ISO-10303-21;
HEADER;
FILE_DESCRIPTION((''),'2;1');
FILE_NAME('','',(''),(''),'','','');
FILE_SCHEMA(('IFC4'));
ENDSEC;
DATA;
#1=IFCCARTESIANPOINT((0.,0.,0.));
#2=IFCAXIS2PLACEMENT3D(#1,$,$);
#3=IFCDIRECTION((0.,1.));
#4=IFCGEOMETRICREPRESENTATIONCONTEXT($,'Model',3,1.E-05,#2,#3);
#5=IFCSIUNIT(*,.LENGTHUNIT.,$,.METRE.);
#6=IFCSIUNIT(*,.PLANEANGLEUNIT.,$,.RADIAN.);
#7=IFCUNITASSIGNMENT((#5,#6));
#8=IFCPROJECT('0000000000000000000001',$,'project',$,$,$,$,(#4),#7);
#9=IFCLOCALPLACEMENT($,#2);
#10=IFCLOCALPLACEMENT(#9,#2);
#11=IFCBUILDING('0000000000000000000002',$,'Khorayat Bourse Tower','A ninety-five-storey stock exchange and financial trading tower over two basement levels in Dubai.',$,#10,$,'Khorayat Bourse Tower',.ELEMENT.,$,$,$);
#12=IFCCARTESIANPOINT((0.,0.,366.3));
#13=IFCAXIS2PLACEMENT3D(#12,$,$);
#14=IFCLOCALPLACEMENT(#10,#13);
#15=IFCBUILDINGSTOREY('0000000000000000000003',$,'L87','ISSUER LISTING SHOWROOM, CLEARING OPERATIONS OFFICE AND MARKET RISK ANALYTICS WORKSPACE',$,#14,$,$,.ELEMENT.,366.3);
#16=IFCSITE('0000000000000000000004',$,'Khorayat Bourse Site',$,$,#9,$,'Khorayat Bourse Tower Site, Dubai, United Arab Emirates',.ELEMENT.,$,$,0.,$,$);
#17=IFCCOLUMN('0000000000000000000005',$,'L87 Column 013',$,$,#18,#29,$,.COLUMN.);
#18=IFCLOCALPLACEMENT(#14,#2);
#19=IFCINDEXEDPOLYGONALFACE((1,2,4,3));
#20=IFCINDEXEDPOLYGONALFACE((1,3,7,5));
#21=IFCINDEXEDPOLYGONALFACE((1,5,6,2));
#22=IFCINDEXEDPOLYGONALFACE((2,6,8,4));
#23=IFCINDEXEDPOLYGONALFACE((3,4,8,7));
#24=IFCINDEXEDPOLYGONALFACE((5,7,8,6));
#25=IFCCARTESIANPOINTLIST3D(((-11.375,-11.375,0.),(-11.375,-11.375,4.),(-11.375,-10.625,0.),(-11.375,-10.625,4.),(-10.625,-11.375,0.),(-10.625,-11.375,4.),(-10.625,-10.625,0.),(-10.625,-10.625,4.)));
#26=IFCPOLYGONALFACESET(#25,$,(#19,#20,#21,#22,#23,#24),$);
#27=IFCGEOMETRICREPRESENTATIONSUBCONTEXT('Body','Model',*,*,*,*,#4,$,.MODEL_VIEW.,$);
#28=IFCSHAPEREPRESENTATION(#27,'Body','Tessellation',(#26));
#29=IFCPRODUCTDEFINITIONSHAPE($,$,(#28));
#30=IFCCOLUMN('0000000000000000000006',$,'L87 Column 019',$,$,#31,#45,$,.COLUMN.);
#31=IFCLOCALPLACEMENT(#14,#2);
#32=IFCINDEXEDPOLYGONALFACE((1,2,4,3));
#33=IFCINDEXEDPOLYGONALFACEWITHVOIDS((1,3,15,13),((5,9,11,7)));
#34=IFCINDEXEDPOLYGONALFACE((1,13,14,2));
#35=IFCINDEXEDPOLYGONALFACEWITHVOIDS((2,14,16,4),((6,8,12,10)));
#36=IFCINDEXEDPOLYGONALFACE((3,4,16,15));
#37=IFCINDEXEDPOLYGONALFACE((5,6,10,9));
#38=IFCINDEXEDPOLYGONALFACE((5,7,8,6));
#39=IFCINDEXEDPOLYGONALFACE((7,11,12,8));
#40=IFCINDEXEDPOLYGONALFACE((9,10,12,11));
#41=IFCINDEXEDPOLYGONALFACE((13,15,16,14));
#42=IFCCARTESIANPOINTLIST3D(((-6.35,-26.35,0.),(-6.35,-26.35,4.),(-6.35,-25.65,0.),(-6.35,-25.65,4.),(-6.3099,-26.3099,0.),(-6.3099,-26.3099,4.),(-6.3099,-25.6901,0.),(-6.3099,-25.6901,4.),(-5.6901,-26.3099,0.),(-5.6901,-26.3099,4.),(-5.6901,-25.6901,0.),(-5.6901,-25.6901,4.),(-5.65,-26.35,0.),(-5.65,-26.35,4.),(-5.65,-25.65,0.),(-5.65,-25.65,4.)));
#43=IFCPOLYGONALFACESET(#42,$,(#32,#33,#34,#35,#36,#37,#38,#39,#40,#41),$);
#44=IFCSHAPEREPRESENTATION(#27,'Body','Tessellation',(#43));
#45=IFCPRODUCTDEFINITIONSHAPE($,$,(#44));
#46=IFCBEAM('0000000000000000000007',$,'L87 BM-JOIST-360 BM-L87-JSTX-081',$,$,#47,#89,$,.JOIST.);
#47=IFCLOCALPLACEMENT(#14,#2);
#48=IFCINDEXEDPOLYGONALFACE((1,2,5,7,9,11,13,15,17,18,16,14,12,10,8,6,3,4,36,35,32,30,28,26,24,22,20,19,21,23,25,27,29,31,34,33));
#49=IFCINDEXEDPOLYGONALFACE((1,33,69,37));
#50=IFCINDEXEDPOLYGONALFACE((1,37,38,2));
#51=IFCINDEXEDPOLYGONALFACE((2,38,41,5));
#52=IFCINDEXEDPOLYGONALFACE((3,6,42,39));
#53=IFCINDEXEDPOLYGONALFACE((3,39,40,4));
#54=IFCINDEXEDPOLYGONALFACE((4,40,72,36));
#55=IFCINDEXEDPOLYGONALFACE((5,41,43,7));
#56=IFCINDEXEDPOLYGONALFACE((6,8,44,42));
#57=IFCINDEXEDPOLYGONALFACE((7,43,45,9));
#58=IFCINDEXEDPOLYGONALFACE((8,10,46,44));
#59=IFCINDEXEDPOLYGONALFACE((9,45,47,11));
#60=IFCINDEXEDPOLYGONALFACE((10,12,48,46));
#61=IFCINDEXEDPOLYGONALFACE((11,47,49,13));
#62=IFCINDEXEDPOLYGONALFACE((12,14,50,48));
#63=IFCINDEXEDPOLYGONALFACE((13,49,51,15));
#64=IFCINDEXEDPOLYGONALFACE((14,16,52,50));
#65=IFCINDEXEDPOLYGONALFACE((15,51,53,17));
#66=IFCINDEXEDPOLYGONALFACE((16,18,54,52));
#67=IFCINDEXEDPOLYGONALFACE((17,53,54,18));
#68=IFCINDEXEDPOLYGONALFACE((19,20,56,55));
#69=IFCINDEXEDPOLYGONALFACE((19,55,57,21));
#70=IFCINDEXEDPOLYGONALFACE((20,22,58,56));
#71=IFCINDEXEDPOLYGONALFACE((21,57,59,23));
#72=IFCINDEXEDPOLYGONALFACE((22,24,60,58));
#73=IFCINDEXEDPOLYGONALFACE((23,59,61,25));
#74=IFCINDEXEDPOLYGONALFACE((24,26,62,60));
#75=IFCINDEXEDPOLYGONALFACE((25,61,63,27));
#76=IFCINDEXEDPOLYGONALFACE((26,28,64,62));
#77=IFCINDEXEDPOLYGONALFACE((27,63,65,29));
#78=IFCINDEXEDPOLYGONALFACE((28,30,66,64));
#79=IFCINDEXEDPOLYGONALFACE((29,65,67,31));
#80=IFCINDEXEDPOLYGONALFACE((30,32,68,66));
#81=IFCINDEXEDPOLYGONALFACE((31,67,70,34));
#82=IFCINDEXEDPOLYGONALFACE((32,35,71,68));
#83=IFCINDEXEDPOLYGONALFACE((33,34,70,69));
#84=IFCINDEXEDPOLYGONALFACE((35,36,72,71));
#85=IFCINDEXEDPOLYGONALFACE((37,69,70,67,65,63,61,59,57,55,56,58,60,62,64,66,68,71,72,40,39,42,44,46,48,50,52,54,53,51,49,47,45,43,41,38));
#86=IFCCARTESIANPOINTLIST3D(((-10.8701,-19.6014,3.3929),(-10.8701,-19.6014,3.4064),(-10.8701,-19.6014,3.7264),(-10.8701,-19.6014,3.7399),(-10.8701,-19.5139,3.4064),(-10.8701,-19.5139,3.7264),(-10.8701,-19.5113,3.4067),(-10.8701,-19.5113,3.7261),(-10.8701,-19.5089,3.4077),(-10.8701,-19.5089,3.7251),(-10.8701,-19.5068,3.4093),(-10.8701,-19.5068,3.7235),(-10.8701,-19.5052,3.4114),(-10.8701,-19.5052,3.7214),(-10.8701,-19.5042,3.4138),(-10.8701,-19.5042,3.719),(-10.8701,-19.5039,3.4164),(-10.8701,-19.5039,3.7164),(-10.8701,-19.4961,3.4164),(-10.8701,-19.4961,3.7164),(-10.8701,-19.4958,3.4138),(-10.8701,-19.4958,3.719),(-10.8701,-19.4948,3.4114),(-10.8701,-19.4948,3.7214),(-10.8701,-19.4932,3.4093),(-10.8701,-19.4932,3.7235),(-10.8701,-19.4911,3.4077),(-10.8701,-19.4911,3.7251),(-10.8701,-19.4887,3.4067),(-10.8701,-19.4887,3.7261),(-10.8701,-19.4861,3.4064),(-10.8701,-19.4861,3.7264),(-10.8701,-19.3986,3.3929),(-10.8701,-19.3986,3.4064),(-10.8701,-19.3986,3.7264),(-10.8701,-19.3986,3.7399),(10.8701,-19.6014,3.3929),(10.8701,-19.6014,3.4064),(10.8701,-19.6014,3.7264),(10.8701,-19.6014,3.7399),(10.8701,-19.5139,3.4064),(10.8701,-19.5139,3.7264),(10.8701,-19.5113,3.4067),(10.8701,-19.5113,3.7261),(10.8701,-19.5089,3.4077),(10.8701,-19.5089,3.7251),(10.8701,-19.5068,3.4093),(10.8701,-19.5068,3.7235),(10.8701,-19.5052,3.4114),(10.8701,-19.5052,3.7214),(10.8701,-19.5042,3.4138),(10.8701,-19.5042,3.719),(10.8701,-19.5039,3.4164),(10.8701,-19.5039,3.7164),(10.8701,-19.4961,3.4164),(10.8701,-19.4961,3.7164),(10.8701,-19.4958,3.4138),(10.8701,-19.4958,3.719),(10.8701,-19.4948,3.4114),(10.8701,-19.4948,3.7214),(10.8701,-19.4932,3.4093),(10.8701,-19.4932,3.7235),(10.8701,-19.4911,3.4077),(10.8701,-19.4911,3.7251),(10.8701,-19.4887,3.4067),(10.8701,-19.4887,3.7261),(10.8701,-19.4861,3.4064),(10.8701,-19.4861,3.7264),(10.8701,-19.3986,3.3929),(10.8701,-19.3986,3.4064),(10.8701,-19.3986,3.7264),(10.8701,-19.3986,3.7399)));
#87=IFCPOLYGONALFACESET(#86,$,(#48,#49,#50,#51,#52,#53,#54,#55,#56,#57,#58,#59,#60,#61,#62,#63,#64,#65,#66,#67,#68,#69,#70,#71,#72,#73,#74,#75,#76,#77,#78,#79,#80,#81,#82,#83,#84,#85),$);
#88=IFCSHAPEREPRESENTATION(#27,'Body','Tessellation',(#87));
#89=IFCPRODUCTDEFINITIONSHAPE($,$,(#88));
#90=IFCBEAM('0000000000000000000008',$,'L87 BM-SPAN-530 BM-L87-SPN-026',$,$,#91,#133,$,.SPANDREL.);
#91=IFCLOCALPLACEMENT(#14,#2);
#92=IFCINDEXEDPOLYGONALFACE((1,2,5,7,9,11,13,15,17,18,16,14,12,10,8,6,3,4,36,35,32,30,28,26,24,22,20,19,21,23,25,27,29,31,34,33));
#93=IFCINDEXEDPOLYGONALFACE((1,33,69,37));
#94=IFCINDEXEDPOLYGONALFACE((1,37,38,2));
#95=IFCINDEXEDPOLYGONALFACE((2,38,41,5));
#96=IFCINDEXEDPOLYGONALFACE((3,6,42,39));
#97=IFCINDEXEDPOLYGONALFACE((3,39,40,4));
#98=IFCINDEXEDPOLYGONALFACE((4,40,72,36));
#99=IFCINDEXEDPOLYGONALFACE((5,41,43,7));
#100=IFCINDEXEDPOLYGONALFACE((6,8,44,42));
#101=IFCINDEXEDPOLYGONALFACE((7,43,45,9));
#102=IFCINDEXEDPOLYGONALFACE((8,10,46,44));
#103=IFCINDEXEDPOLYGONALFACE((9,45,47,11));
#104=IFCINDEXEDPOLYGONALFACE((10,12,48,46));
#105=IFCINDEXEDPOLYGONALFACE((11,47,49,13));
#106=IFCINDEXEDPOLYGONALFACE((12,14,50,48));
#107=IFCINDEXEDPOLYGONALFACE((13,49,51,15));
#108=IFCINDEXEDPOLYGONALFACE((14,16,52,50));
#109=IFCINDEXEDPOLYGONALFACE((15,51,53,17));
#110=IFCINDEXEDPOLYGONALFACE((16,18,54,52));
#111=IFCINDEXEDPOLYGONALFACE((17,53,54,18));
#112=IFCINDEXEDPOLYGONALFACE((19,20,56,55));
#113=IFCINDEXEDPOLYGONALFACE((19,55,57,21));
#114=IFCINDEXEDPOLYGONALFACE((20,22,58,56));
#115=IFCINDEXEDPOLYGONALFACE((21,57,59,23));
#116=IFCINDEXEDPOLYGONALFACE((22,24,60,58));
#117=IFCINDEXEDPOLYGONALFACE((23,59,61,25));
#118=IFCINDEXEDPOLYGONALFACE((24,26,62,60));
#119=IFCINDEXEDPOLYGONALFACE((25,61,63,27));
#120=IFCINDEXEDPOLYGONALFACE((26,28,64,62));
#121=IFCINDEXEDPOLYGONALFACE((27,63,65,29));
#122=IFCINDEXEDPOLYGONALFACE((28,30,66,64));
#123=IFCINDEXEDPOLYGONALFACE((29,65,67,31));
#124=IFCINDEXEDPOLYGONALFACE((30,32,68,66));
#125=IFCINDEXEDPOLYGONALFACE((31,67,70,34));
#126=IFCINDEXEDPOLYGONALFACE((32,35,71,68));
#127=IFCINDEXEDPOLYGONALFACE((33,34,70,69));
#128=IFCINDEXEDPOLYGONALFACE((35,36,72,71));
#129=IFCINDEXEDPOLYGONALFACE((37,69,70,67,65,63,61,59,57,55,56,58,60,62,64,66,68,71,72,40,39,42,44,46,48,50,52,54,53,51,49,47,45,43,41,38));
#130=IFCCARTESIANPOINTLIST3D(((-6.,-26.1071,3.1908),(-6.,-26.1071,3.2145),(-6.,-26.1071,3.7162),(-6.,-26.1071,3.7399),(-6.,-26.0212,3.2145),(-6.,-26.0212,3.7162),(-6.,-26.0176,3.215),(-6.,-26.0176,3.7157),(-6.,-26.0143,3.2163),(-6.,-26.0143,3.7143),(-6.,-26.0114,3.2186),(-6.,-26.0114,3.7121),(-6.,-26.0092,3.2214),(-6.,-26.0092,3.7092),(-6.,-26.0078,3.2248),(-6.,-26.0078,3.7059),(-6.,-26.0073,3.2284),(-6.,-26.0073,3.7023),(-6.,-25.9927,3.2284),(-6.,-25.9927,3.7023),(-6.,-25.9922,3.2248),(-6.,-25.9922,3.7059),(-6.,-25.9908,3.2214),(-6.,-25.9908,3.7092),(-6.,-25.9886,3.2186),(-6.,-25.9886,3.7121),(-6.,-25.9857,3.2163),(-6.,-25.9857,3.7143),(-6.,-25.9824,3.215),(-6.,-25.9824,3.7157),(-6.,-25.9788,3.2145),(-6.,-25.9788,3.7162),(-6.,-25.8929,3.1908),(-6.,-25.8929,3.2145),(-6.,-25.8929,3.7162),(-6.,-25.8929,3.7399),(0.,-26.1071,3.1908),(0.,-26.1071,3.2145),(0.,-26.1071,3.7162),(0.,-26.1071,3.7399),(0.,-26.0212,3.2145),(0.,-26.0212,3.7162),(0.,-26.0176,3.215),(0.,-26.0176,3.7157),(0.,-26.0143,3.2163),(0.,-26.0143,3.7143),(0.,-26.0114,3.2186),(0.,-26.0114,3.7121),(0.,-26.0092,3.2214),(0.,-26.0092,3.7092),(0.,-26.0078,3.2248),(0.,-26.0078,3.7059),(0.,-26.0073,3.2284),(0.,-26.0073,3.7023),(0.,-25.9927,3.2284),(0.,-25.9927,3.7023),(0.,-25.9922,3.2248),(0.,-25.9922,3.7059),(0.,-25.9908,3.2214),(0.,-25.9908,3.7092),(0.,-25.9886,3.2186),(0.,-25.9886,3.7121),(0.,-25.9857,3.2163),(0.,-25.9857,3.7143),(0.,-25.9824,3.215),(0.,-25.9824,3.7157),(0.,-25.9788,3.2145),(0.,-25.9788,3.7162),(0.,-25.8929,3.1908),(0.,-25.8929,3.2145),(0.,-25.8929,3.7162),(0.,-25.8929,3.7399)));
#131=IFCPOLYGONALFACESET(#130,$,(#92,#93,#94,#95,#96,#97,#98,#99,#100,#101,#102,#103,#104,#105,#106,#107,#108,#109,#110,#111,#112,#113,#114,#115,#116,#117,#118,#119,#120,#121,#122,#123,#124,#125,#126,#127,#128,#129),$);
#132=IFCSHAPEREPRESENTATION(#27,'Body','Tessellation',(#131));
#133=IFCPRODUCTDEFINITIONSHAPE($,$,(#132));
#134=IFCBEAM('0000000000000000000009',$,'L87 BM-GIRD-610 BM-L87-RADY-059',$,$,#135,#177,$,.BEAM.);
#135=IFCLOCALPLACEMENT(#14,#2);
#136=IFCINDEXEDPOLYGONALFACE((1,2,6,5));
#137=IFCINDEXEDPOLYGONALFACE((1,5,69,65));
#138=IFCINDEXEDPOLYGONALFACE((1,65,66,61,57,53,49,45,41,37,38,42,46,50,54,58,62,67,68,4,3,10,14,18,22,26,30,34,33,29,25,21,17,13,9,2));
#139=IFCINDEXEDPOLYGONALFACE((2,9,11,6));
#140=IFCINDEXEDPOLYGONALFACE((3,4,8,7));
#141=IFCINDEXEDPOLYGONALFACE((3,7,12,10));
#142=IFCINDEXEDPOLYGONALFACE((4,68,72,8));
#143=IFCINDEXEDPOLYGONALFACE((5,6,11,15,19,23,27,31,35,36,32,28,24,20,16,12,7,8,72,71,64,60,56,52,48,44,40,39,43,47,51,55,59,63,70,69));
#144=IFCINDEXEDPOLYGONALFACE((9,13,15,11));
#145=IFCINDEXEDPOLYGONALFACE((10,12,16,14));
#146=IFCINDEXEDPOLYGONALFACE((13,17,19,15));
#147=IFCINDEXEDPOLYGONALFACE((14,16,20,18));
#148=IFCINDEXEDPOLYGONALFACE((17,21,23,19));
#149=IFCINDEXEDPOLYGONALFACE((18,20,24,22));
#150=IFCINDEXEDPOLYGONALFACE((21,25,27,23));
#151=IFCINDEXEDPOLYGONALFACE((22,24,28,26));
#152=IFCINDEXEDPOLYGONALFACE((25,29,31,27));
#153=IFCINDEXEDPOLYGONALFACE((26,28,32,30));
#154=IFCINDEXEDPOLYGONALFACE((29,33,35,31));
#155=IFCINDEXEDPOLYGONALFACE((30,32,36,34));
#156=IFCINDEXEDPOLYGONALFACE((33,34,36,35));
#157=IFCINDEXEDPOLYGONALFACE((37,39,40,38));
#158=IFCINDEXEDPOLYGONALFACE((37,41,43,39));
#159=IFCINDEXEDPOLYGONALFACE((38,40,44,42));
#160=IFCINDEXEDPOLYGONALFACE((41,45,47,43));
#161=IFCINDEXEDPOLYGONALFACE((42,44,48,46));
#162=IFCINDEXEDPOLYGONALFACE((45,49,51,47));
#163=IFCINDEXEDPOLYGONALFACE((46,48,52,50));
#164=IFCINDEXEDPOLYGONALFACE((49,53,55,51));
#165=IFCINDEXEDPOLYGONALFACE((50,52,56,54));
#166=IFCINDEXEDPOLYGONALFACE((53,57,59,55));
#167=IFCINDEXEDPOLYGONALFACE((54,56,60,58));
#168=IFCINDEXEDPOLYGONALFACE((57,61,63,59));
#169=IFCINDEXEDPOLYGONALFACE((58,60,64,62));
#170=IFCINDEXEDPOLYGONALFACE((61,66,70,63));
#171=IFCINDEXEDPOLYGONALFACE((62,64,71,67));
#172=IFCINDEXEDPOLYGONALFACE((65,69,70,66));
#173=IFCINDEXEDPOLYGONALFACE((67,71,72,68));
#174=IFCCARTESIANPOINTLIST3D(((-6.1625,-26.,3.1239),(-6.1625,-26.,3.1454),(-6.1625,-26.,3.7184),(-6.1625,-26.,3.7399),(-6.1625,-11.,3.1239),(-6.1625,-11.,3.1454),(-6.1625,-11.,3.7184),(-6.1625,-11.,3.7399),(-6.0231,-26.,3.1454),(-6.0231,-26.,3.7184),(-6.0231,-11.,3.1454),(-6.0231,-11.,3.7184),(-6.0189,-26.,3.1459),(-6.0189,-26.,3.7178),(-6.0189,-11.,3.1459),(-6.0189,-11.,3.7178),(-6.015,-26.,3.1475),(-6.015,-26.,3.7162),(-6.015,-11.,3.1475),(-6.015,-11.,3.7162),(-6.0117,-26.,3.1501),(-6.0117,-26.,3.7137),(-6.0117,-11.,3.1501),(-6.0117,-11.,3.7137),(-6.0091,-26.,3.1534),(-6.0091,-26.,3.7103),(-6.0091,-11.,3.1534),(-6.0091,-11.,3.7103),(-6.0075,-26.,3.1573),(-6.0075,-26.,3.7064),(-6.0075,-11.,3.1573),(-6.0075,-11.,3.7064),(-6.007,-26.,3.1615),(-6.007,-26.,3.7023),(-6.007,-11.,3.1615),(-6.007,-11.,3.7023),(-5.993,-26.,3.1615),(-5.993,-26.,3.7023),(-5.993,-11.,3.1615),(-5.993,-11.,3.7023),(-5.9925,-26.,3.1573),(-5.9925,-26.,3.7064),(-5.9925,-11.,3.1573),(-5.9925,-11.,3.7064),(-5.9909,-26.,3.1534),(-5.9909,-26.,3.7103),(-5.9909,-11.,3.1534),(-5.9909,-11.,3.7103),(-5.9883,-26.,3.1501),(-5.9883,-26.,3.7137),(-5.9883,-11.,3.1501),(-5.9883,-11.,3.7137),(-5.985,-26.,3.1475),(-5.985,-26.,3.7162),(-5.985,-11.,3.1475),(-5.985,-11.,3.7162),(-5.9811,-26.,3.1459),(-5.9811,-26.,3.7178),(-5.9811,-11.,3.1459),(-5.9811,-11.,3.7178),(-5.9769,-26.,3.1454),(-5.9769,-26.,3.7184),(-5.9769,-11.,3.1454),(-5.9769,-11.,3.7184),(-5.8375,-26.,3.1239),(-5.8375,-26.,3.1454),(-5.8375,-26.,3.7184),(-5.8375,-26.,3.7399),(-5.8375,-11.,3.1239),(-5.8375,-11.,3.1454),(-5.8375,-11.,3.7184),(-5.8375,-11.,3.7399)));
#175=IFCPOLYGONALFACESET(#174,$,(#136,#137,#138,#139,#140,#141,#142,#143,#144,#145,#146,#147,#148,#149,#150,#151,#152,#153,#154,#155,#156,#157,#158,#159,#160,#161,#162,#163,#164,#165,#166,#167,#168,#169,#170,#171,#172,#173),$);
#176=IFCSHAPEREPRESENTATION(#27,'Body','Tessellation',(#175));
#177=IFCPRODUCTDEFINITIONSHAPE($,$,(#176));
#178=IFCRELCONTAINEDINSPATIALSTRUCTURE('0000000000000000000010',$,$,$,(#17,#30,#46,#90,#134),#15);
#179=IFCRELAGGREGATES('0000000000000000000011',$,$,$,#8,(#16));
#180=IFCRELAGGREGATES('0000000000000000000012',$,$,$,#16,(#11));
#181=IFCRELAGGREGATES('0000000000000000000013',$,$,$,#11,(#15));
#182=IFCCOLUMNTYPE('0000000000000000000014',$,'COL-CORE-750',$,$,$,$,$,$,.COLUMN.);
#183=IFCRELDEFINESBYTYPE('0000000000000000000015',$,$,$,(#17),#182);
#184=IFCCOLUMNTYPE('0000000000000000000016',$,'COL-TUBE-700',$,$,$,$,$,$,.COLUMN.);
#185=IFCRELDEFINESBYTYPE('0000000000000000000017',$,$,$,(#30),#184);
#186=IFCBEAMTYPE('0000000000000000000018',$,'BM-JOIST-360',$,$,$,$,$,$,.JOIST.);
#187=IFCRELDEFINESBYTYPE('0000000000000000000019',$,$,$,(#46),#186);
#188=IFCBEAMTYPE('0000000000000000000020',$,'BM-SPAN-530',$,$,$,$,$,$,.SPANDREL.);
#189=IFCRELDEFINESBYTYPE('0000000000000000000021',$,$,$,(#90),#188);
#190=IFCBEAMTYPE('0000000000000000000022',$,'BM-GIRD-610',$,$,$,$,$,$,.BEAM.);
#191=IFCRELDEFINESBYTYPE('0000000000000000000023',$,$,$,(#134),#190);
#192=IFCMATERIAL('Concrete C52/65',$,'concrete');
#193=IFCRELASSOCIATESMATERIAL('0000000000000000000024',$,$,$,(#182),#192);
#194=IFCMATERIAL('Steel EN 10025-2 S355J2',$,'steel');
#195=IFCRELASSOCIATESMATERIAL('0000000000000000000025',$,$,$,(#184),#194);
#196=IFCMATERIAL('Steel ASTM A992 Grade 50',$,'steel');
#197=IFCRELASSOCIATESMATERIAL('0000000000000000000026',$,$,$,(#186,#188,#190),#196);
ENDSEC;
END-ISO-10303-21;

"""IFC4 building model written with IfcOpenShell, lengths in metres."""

from ifc_helpers import new_model, si_unit, direction, frame, origin, origin_2d, place, context, subcontext, project, spatial, rectangle, hollow_rectangle, i_section, extrude, source, transform, mapped, material, material_profile, profile_set, type_object, element, save


model = new_model("IFC4")

# Units and contexts
model_context = context("Model", 3, precision=1e-05, world=origin(), true_north=direction((0.0, 1.0)))
body_context = subcontext(model_context, "Body", "Model", "MODEL_VIEW")
ifc_project = project(units=[si_unit("LENGTHUNIT", "METRE"), si_unit("PLANEANGLEUNIT", "RADIAN")], contexts=[model_context])

# Site, building, storey
site_placement = place(None, origin())
site = spatial("IfcSite", under=ifc_project, at=site_placement, Name="Khorayat Bourse Site", LongName="Khorayat Bourse Tower Site, Dubai, United Arab Emirates", CompositionType="ELEMENT", RefElevation=0.0)
building_placement = place(site_placement, origin())
building = spatial("IfcBuilding", under=site, at=building_placement, Name="Khorayat Bourse Tower", Description="A ninety-five-storey stock exchange and financial trading tower over two basement levels in Dubai.", LongName="Khorayat Bourse Tower", CompositionType="ELEMENT")
storey_placement = place(building_placement, frame((0.0, 0.0, 366.3)))
storey = spatial("IfcBuildingStorey", under=building, at=storey_placement, Name="L87", Description="ISSUER LISTING SHOWROOM, CLEARING OPERATIONS OFFICE AND MARKET RISK ANALYTICS WORKSPACE", CompositionType="ELEMENT", Elevation=366.3)

# Columns
ifc_material_1 = material(Name="Concrete C52/65", Category="concrete")
ifc_material_profile_1 = material_profile(ifc_material_1, rectangle(XDim=0.75, YDim=0.75, at=origin_2d()), Name="RC 750x750")
ifc_profile_set_1 = profile_set([ifc_material_profile_1], Name="Concrete C52/65")
column_type_1 = type_object("IfcColumnType", Name="COL-CORE-750", PredefinedType="COLUMN", material=ifc_profile_set_1)
shared_shape_1 = source(origin(), body_context, "Body", "SweptSolid", [
    extrude(rectangle(XDim=0.75, YDim=0.75, at=origin_2d()), origin(), (0.0, 0.0, 1.0), 4.0),
])
column_1_placement = place(storey_placement, frame((-11.0, -11.0, 0.0), z_axis=(0.0, 0.0, 1.0), x_axis=(1.0, 0.0, 0.0)))
element("IfcColumn", 1, at=column_1_placement, inside=storey, type_object=column_type_1, Name="L87 Column 013", PredefinedType="COLUMN", context=body_context, shape_type="MappedRepresentation", body=[
    mapped(shared_shape_1, transform((0.0, 0.0, 0.0), scale=1.0)),
])
ifc_material_2 = material(Name="Steel EN 10025-2 S355J2", Category="steel")
ifc_material_profile_2 = material_profile(ifc_material_2, hollow_rectangle(XDim=0.7, YDim=0.7, WallThickness=0.04, at=origin_2d()), Name="BOX 700x700x40")
ifc_profile_set_2 = profile_set([ifc_material_profile_2], Name="Steel EN 10025-2 S355J2")
column_type_2 = type_object("IfcColumnType", Name="COL-TUBE-700", PredefinedType="COLUMN", material=ifc_profile_set_2)
shared_shape_2 = source(origin(), body_context, "Body", "SweptSolid", [
    extrude(hollow_rectangle(XDim=0.7, YDim=0.7, WallThickness=0.04, at=origin_2d()), origin(), (0.0, 0.0, 1.0), 4.0),
])
column_2_placement = place(storey_placement, frame((-6.0, -26.0, 0.0), z_axis=(0.0, 0.0, 1.0), x_axis=(1.0, 0.0, 0.0)))
element("IfcColumn", 2, at=column_2_placement, inside=storey, type_object=column_type_2, Name="L87 Column 019", PredefinedType="COLUMN", context=body_context, shape_type="MappedRepresentation", body=[
    mapped(shared_shape_2, transform((0.0, 0.0, 0.0), scale=1.0)),
])

# Beams
ifc_material_3 = material(Name="Steel ASTM A992 Grade 50", Category="steel")
ifc_material_profile_3 = material_profile(ifc_material_3, i_section(OverallWidth=0.2029, OverallDepth=0.3469, WebThickness=0.0078, FlangeThickness=0.0134, FilletRadius=0.01, at=origin_2d()), Name="W360X64")
ifc_profile_set_3 = profile_set([ifc_material_profile_3], Name="Steel ASTM A992 Grade 50")
beam_type_1 = type_object("IfcBeamType", Name="BM-JOIST-360", PredefinedType="JOIST", material=ifc_profile_set_3)
shared_shape_3 = source(origin(), body_context, "Body", "SweptSolid", [
    extrude(i_section(OverallWidth=0.2029, OverallDepth=0.3469, WebThickness=0.0078, FlangeThickness=0.0134, FilletRadius=0.01, at=origin_2d()), origin(), (0.0, 0.0, 1.0), 21.7402),
])
beam_1_placement = place(storey_placement, frame((-10.8701, -19.5, 3.5664), z_axis=(1.0, 0.0, 0.0), x_axis=(0.0, 1.0, 0.0)))
element("IfcBeam", 3, at=beam_1_placement, inside=storey, type_object=beam_type_1, Name="L87 BM-JOIST-360 BM-L87-JSTX-081", PredefinedType="JOIST", context=body_context, shape_type="MappedRepresentation", body=[
    mapped(shared_shape_3, transform((0.0, 0.0, 0.0), scale=1.0)),
])
ifc_material_profile_4 = material_profile(ifc_material_3, i_section(OverallWidth=0.2141, OverallDepth=0.5491, WebThickness=0.0146, FlangeThickness=0.0237, FilletRadius=0.0139, at=origin_2d()), Name="W530X138")
ifc_profile_set_4 = profile_set([ifc_material_profile_4], Name="Steel ASTM A992 Grade 50")
beam_type_2 = type_object("IfcBeamType", Name="BM-SPAN-530", PredefinedType="SPANDREL", material=ifc_profile_set_4)
shared_shape_4 = source(origin(), body_context, "Body", "SweptSolid", [
    extrude(i_section(OverallWidth=0.2141, OverallDepth=0.5491, WebThickness=0.0146, FlangeThickness=0.0237, FilletRadius=0.0139, at=origin_2d()), origin(), (0.0, 0.0, 1.0), 6.0),
])
beam_2_placement = place(storey_placement, frame((-6.0, -26.0, 3.4653), z_axis=(1.0, 0.0, 0.0), x_axis=(0.0, 1.0, 0.0)))
element("IfcBeam", 4, at=beam_2_placement, inside=storey, type_object=beam_type_2, Name="L87 BM-SPAN-530 BM-L87-SPN-026", PredefinedType="SPANDREL", context=body_context, shape_type="MappedRepresentation", body=[
    mapped(shared_shape_4, transform((0.0, 0.0, 0.0), scale=1.0)),
])
ifc_material_profile_5 = material_profile(ifc_material_3, i_section(OverallWidth=0.325, OverallDepth=0.616, WebThickness=0.0139, FlangeThickness=0.0215, FilletRadius=0.0161, at=origin_2d()), Name="W610X174")
ifc_profile_set_5 = profile_set([ifc_material_profile_5], Name="Steel ASTM A992 Grade 50")
beam_type_3 = type_object("IfcBeamType", Name="BM-GIRD-610", PredefinedType="BEAM", material=ifc_profile_set_5)
shared_shape_5 = source(origin(), body_context, "Body", "SweptSolid", [
    extrude(i_section(OverallWidth=0.325, OverallDepth=0.616, WebThickness=0.0139, FlangeThickness=0.0215, FilletRadius=0.0161, at=origin_2d()), origin(), (0.0, 0.0, 1.0), 15.0),
])
beam_3_placement = place(storey_placement, frame((-6.0, -26.0, 3.4319), z_axis=(0.0, 1.0, 0.0), x_axis=(-1.0, 0.0, 0.0)))
element("IfcBeam", 5, at=beam_3_placement, inside=storey, type_object=beam_type_3, Name="L87 BM-GIRD-610 BM-L87-RADY-059", PredefinedType="BEAM", context=body_context, shape_type="MappedRepresentation", body=[
    mapped(shared_shape_5, transform((0.0, 0.0, 0.0), scale=1.0)),
])

save(model, "model.ifc")
